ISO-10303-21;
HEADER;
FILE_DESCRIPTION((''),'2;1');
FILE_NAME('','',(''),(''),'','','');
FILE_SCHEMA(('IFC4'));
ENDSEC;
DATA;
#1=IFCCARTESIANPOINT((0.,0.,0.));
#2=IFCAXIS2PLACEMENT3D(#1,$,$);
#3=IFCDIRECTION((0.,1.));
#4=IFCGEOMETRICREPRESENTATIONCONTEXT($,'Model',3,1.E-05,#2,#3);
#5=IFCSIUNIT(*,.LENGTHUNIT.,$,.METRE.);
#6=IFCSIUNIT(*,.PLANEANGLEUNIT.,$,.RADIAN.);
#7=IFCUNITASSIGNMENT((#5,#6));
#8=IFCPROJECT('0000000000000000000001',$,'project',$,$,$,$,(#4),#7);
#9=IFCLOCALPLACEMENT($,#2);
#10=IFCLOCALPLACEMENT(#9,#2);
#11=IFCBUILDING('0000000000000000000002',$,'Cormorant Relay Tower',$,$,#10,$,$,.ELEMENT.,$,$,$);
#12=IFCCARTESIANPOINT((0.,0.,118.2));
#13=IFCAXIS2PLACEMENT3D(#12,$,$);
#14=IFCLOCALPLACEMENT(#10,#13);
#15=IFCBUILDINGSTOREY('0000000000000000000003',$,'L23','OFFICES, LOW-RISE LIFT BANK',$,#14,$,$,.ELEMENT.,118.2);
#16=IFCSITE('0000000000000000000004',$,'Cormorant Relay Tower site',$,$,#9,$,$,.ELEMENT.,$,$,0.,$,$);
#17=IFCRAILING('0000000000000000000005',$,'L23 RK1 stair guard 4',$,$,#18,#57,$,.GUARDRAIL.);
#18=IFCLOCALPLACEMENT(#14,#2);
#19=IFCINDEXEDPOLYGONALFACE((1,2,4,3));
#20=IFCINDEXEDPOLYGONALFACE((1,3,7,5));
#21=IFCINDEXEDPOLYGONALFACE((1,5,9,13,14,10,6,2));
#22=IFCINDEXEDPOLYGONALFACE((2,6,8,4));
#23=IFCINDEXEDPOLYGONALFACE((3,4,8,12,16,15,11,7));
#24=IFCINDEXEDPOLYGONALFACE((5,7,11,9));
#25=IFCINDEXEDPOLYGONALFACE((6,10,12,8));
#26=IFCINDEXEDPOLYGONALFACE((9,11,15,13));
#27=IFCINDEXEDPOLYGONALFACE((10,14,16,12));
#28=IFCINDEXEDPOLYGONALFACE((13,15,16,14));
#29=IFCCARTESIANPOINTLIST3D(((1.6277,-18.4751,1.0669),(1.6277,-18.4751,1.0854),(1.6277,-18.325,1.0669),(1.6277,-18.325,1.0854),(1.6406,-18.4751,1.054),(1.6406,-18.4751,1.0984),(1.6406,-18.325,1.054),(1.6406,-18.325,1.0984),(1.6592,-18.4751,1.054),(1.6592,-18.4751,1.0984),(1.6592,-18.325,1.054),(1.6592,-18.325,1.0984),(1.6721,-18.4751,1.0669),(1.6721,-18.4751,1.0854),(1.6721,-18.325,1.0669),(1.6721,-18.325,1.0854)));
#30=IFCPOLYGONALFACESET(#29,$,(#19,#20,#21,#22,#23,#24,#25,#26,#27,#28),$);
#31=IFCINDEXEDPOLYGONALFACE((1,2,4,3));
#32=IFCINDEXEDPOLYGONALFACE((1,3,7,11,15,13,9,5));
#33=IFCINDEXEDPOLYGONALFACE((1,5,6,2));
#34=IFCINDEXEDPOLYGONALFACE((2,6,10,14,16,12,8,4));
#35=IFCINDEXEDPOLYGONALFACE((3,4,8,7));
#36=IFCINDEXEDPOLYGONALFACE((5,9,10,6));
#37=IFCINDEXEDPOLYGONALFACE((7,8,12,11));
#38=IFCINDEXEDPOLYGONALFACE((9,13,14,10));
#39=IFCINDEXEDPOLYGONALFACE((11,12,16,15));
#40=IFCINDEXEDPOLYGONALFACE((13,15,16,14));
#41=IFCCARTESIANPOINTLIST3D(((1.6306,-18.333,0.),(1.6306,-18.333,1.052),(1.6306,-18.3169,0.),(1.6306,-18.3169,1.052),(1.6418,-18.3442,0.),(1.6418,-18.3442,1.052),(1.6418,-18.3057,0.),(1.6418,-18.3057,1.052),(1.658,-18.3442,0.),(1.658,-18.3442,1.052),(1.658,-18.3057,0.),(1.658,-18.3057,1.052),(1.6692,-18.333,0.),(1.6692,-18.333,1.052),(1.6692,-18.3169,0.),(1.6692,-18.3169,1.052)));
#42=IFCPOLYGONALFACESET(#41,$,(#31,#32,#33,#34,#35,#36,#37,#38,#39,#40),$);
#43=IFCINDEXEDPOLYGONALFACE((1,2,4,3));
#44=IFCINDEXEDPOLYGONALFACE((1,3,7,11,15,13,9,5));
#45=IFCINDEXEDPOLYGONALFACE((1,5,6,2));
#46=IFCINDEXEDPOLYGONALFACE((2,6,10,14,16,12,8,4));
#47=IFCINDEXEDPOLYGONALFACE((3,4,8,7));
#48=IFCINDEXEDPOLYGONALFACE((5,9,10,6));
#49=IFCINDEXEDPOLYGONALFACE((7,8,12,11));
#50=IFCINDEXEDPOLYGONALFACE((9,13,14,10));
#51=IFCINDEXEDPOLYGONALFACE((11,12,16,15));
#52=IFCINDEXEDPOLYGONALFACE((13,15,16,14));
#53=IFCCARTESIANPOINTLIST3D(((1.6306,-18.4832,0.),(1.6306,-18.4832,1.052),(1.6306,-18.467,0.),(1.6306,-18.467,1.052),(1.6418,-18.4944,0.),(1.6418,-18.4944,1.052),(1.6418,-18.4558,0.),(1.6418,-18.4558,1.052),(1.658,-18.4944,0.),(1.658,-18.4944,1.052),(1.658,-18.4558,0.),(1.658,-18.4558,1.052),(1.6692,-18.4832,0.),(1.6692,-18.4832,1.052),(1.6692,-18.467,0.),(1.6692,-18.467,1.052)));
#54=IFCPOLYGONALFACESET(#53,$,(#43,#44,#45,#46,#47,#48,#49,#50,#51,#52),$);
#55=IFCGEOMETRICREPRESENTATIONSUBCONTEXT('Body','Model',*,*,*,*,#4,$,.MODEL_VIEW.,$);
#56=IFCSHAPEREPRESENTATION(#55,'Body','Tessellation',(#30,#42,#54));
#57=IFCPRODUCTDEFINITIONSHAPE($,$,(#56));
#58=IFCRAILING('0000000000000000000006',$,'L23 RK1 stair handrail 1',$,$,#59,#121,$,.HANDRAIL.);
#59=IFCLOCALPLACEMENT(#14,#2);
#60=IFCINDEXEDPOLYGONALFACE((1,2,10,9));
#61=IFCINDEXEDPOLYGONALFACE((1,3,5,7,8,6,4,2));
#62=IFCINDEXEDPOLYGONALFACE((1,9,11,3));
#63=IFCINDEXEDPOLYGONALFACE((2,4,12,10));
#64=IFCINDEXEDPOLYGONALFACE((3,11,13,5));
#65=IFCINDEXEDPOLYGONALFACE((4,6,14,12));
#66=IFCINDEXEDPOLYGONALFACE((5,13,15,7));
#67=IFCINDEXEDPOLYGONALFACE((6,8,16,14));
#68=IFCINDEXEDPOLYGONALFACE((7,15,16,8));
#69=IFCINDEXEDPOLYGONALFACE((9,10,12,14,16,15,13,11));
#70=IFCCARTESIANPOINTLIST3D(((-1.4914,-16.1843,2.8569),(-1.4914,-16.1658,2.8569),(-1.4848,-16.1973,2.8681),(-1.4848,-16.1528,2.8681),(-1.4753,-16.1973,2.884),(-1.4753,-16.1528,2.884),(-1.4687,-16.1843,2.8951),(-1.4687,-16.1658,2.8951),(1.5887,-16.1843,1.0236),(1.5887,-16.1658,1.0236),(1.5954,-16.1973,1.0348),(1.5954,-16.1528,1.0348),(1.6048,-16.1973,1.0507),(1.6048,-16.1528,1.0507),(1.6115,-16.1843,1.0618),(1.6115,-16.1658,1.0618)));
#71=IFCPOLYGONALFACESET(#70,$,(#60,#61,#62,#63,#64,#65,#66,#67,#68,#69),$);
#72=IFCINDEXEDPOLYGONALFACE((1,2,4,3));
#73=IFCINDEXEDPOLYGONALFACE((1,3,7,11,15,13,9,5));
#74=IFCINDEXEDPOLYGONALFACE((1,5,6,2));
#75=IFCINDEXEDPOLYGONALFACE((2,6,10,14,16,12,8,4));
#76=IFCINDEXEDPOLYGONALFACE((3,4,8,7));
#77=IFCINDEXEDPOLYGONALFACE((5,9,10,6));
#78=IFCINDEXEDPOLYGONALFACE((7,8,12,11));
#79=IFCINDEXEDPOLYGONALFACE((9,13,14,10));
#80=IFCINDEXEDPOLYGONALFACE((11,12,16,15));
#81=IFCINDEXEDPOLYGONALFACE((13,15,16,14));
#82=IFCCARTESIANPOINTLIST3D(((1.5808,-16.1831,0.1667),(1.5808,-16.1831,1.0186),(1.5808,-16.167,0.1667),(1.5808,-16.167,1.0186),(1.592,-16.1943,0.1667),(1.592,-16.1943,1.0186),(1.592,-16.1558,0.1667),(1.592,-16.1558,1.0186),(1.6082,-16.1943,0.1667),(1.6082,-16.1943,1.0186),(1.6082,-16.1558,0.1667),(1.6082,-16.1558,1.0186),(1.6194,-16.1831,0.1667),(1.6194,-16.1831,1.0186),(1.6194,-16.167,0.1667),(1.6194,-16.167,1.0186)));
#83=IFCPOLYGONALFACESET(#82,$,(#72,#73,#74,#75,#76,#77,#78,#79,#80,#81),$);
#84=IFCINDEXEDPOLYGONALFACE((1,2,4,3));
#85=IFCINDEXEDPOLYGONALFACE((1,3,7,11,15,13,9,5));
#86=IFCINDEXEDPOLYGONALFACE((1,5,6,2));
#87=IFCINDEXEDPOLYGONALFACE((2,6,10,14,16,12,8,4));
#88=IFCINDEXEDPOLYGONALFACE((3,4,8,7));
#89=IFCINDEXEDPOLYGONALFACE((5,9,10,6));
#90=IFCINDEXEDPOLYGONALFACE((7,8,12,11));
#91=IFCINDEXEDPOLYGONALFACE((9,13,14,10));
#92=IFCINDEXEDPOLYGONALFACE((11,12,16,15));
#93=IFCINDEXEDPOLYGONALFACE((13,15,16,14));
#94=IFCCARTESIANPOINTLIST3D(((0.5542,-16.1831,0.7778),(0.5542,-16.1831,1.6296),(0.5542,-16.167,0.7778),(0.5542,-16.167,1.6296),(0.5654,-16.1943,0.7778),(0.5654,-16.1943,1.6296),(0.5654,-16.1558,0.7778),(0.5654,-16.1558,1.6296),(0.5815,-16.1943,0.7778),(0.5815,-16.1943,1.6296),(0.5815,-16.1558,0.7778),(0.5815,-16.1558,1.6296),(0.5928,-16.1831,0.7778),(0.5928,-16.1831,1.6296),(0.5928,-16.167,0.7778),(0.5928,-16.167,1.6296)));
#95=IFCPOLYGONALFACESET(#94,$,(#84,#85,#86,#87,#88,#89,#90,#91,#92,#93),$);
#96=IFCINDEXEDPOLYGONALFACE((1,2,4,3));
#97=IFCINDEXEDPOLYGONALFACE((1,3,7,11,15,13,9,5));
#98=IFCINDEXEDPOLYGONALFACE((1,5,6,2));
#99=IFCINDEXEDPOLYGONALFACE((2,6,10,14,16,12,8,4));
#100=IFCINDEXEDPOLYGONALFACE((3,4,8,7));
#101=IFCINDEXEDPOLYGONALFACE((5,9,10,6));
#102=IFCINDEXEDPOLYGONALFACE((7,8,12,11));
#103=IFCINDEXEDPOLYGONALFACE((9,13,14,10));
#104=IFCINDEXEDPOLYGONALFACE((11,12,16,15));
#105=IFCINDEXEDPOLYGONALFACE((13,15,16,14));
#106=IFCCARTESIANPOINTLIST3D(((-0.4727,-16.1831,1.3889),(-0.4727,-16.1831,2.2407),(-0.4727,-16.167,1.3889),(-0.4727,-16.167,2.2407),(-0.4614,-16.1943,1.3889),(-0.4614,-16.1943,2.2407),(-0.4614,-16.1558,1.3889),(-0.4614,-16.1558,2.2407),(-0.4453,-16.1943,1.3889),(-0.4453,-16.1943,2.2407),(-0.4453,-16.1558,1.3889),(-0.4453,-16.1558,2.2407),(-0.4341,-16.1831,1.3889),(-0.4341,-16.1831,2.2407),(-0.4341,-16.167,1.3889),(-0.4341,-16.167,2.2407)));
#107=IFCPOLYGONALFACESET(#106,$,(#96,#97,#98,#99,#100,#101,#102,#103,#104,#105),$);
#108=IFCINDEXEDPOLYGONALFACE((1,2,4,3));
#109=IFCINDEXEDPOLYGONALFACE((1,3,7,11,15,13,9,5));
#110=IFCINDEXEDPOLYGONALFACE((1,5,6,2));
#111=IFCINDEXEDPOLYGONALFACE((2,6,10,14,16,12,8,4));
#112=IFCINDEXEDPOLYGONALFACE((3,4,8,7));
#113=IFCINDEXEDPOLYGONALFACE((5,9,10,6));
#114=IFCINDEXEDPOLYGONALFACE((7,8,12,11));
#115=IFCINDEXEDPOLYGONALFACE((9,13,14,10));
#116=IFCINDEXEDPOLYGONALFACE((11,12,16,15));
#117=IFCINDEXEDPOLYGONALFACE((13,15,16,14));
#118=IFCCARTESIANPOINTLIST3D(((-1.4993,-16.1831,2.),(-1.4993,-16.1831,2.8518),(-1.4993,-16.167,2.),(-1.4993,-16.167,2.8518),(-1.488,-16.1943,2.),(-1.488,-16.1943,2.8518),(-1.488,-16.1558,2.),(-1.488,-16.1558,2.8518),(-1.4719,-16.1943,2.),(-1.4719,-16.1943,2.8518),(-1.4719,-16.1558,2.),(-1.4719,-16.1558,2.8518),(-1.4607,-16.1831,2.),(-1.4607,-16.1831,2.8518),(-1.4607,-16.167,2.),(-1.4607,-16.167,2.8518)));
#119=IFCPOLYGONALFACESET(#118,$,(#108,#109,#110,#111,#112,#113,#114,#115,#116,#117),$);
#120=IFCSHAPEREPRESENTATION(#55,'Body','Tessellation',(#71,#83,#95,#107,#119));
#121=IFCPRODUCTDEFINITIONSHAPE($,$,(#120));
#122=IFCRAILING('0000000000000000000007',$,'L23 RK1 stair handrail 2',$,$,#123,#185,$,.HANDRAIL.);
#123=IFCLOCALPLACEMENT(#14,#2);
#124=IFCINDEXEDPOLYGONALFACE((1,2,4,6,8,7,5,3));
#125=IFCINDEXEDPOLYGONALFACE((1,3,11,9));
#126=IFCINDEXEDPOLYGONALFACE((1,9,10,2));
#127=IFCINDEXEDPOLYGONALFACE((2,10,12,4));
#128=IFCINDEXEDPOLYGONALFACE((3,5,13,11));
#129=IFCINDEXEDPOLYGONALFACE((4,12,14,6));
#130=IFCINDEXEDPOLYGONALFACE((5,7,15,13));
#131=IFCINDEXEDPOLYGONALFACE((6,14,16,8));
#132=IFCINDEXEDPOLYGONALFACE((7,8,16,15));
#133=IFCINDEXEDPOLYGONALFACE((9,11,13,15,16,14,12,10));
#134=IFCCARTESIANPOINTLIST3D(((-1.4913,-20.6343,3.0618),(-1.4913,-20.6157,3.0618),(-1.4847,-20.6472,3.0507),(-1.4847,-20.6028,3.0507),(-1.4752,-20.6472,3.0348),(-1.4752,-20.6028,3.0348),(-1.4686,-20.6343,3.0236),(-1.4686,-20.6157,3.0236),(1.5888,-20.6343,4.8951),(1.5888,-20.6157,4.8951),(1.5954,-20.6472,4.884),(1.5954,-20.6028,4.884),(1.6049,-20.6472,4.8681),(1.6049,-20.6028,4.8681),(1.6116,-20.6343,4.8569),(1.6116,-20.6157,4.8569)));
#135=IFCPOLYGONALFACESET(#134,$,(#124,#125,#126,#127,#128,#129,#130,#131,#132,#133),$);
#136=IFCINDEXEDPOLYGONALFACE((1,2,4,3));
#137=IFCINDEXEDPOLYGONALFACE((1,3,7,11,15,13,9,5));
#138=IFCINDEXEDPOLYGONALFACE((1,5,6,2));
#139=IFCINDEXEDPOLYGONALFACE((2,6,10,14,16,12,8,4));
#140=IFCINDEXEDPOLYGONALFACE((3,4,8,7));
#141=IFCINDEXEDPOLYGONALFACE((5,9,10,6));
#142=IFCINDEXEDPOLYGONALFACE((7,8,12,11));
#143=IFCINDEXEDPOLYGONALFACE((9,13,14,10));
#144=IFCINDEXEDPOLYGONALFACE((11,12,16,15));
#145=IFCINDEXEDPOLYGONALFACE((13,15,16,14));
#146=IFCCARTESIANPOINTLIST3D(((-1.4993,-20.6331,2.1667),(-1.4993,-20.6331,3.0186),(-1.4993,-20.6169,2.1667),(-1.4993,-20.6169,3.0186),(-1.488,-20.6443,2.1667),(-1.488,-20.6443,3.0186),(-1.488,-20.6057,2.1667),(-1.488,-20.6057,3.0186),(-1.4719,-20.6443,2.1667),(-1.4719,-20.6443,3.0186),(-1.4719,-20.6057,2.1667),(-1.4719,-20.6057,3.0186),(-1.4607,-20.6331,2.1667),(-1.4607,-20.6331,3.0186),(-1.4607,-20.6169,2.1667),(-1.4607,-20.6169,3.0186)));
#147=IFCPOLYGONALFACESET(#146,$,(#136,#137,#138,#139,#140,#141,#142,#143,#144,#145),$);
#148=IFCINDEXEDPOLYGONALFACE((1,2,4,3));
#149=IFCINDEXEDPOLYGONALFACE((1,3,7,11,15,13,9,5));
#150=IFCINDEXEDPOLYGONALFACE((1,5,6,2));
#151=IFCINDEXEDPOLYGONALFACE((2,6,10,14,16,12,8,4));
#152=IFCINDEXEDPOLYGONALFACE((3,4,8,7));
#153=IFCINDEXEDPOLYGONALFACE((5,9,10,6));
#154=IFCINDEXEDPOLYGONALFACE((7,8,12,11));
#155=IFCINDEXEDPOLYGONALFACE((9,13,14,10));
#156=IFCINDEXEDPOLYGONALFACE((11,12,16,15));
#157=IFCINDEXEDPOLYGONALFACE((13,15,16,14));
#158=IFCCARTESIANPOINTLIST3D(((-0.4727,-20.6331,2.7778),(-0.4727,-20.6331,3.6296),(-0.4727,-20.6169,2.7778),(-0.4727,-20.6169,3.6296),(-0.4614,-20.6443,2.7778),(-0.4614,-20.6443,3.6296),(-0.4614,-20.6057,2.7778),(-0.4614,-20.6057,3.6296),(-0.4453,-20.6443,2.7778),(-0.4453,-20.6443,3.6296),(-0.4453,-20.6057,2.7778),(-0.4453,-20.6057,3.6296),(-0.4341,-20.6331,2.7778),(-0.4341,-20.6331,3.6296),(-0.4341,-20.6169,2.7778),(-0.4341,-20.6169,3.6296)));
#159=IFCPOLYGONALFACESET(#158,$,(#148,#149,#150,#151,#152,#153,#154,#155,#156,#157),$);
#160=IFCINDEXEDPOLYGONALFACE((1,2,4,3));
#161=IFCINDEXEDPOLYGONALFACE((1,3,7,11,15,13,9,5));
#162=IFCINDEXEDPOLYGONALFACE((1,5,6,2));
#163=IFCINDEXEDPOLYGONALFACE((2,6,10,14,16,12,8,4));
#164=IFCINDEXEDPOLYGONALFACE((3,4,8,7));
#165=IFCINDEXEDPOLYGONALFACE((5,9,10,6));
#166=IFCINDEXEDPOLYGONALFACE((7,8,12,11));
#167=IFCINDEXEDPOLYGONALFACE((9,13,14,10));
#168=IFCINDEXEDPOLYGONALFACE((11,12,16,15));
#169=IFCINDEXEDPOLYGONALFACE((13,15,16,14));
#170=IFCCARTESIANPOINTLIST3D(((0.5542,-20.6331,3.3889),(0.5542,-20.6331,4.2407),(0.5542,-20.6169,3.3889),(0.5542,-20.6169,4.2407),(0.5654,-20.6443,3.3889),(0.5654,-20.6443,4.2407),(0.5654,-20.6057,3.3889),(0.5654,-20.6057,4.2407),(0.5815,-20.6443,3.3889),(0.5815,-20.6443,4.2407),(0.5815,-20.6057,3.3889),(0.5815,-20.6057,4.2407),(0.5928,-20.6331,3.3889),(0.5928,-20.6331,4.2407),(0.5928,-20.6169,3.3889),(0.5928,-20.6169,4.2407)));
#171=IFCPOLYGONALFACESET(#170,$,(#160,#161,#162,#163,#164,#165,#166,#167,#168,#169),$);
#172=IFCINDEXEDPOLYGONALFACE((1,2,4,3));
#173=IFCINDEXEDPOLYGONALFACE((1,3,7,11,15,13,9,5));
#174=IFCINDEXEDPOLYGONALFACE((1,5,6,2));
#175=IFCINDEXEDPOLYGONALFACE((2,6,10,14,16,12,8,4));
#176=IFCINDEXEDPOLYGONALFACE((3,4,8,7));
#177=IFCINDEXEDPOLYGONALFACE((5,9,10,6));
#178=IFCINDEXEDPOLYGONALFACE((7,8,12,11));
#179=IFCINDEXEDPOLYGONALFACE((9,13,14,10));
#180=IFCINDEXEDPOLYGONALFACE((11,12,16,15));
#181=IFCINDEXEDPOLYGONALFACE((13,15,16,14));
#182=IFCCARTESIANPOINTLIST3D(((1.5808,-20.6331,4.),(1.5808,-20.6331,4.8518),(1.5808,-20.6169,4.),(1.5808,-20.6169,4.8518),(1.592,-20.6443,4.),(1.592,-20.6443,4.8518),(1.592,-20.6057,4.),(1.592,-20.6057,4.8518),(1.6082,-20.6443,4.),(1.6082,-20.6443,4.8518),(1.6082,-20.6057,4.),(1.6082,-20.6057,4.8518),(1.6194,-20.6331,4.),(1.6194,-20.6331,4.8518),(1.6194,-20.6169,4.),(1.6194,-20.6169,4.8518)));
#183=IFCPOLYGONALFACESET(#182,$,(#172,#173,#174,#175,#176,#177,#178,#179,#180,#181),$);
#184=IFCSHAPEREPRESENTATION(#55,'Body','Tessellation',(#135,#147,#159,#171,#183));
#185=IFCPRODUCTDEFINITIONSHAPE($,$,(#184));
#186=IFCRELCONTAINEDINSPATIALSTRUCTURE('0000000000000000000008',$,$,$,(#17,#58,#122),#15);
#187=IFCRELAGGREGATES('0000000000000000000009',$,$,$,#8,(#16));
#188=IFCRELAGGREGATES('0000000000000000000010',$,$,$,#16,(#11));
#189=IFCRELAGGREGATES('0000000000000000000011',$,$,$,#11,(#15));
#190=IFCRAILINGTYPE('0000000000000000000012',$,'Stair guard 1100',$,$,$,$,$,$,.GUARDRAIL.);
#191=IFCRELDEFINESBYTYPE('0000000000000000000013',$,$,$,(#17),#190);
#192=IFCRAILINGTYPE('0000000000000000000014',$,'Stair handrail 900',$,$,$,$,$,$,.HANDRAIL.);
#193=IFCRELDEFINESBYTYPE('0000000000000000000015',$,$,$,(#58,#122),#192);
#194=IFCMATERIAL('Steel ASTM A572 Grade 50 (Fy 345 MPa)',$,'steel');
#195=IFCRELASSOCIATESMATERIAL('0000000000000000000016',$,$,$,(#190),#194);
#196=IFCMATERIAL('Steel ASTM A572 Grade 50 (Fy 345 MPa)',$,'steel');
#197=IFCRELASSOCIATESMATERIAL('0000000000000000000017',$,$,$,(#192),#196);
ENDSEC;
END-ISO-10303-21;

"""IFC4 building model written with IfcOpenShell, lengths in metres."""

from ifc_helpers import new_model, si_unit, direction, frame, origin, place, context, subcontext, project, spatial, polyline, outline, extrude, material, type_object, element, save


model = new_model("IFC4")

# Units and contexts
model_context = context("Model", 3, precision=1e-05, world=origin(), true_north=direction((0.0, 1.0)))
body_context = subcontext(model_context, "Body", "Model", "MODEL_VIEW")
ifc_project = project(units=[si_unit("LENGTHUNIT", "METRE"), si_unit("PLANEANGLEUNIT", "RADIAN")], contexts=[model_context])

# Site, building, storey
site_placement = place(None, origin())
site = spatial("IfcSite", under=ifc_project, at=site_placement, Name="Cormorant Relay Tower site", CompositionType="ELEMENT", RefElevation=0.0)
building_placement = place(site_placement, origin())
building = spatial("IfcBuilding", under=site, at=building_placement, Name="Cormorant Relay Tower", CompositionType="ELEMENT")
storey_placement = place(building_placement, frame((0.0, 0.0, 118.2)))
storey = spatial("IfcBuildingStorey", under=building, at=storey_placement, Name="L23", Description="OFFICES, LOW-RISE LIFT BANK", CompositionType="ELEMENT", Elevation=118.2)

# Railings
ifc_material_1 = material(Name="Steel ASTM A572 Grade 50 (Fy 345 MPa)", Category="steel")
railing_type_1 = type_object("IfcRailingType", Name="Stair guard 1100", PredefinedType="GUARDRAIL", material=ifc_material_1)
railing_1_placement = place(storey_placement, frame((1.6499, -18.325, 0.0)))
element("IfcRailing", 1, at=railing_1_placement, inside=storey, type_object=railing_type_1, Name="L23 RK1 stair guard 4", PredefinedType="GUARDRAIL", context=body_context, shape_type="SweptSolid", body=[
    extrude(outline(polyline([(0.0222, 0.0093), (0.0093, 0.0222), (-0.0093, 0.0222), (-0.0222, 0.0093), (-0.0222, -0.0093), (-0.0093, -0.0222), (0.0093, -0.0222), (0.0222, -0.0093), (0.0222, 0.0093)])), frame((0.0, 0.0, 1.0762), z_axis=(0.0, -1.0, 0.0), x_axis=(1.0, 0.0, 0.0)), (0.0, 0.0, 1.0), 0.1501),
    extrude(outline(polyline([(0.0193, 0.0081), (0.0081, 0.0193), (-0.0081, 0.0193), (-0.0193, 0.0081), (-0.0193, -0.0081), (-0.0081, -0.0193), (0.0081, -0.0193), (0.0193, -0.0081), (0.0193, 0.0081)])), origin(), (0.0, 0.0, 1.0), 1.052),
    extrude(outline(polyline([(0.0193, 0.0081), (0.0081, 0.0193), (-0.0081, 0.0193), (-0.0193, 0.0081), (-0.0193, -0.0081), (-0.0081, -0.0193), (0.0081, -0.0193), (0.0193, -0.0081), (0.0193, 0.0081)])), frame((0.0, -0.1501, 0.0)), (0.0, 0.0, 1.0), 1.052),
])
ifc_material_2 = material(Name="Steel ASTM A572 Grade 50 (Fy 345 MPa)", Category="steel")
railing_type_2 = type_object("IfcRailingType", Name="Stair handrail 900", PredefinedType="HANDRAIL", material=ifc_material_2)
railing_2_placement = place(storey_placement, frame((1.6001, -16.175, 0.1667)))
element("IfcRailing", 2, at=railing_2_placement, inside=storey, type_object=railing_type_2, Name="L23 RK1 stair handrail 1", PredefinedType="HANDRAIL", context=body_context, shape_type="SweptSolid", body=[
    extrude(outline(polyline([(0.0222, 0.0093), (0.0093, 0.0222), (-0.0093, 0.0222), (-0.0222, 0.0093), (-0.0222, -0.0093), (-0.0093, -0.0222), (0.0093, -0.0222), (0.0222, -0.0093), (0.0222, 0.0093)])), frame((0.0, 0.0, 0.876), z_axis=(-0.859309, 0.0, 0.511458), x_axis=(0.0, -1.0, 0.0)), (0.0, 0.0, 1.0), 3.5845),
    extrude(outline(polyline([(0.0193, 0.0081), (0.0081, 0.0193), (-0.0081, 0.0193), (-0.0193, 0.0081), (-0.0193, -0.0081), (-0.0081, -0.0193), (0.0081, -0.0193), (0.0193, -0.0081), (0.0193, 0.0081)])), origin(), (0.0, 0.0, 1.0), 0.8518),
    extrude(outline(polyline([(0.0193, 0.0081), (0.0081, 0.0193), (-0.0081, 0.0193), (-0.0193, 0.0081), (-0.0193, -0.0081), (-0.0081, -0.0193), (0.0081, -0.0193), (0.0193, -0.0081), (0.0193, 0.0081)])), frame((-1.0266, 0.0, 0.6111)), (0.0, 0.0, 1.0), 0.8518),
    extrude(outline(polyline([(0.0193, 0.0081), (0.0081, 0.0193), (-0.0081, 0.0193), (-0.0193, 0.0081), (-0.0193, -0.0081), (-0.0081, -0.0193), (0.0081, -0.0193), (0.0193, -0.0081), (0.0193, 0.0081)])), frame((-2.0535, 0.0, 1.2222)), (0.0, 0.0, 1.0), 0.8518),
    extrude(outline(polyline([(0.0193, 0.0081), (0.0081, 0.0193), (-0.0081, 0.0193), (-0.0193, 0.0081), (-0.0193, -0.0081), (-0.0081, -0.0193), (0.0081, -0.0193), (0.0193, -0.0081), (0.0193, 0.0081)])), frame((-3.0801, 0.0, 1.8333)), (0.0, 0.0, 1.0), 0.8518),
])
railing_3_placement = place(storey_placement, frame((-1.48, -20.625, 2.1667)))
element("IfcRailing", 3, at=railing_3_placement, inside=storey, type_object=railing_type_2, Name="L23 RK1 stair handrail 2", PredefinedType="HANDRAIL", context=body_context, shape_type="SweptSolid", body=[
    extrude(outline(polyline([(0.0222, 0.0093), (0.0093, 0.0222), (-0.0093, 0.0222), (-0.0222, 0.0093), (-0.0222, -0.0093), (-0.0093, -0.0222), (0.0093, -0.0222), (0.0222, -0.0093), (0.0222, 0.0093)])), frame((0.0, 0.0, 0.876), z_axis=(0.859309, 0.0, 0.511458), x_axis=(0.0, 1.0, 0.0)), (0.0, 0.0, 1.0), 3.5845),
    extrude(outline(polyline([(0.0193, 0.0081), (0.0081, 0.0193), (-0.0081, 0.0193), (-0.0193, 0.0081), (-0.0193, -0.0081), (-0.0081, -0.0193), (0.0081, -0.0193), (0.0193, -0.0081), (0.0193, 0.0081)])), origin(), (0.0, 0.0, 1.0), 0.8518),
    extrude(outline(polyline([(0.0193, 0.0081), (0.0081, 0.0193), (-0.0081, 0.0193), (-0.0193, 0.0081), (-0.0193, -0.0081), (-0.0081, -0.0193), (0.0081, -0.0193), (0.0193, -0.0081), (0.0193, 0.0081)])), frame((1.0266, 0.0, 0.6111)), (0.0, 0.0, 1.0), 0.8518),
    extrude(outline(polyline([(0.0193, 0.0081), (0.0081, 0.0193), (-0.0081, 0.0193), (-0.0193, 0.0081), (-0.0193, -0.0081), (-0.0081, -0.0193), (0.0081, -0.0193), (0.0193, -0.0081), (0.0193, 0.0081)])), frame((2.0535, 0.0, 1.2222)), (0.0, 0.0, 1.0), 0.8518),
    extrude(outline(polyline([(0.0193, 0.0081), (0.0081, 0.0193), (-0.0081, 0.0193), (-0.0193, 0.0081), (-0.0193, -0.0081), (-0.0081, -0.0193), (0.0081, -0.0193), (0.0193, -0.0081), (0.0193, 0.0081)])), frame((3.0801, 0.0, 1.8333)), (0.0, 0.0, 1.0), 0.8518),
])

save(model, "model.ifc")
